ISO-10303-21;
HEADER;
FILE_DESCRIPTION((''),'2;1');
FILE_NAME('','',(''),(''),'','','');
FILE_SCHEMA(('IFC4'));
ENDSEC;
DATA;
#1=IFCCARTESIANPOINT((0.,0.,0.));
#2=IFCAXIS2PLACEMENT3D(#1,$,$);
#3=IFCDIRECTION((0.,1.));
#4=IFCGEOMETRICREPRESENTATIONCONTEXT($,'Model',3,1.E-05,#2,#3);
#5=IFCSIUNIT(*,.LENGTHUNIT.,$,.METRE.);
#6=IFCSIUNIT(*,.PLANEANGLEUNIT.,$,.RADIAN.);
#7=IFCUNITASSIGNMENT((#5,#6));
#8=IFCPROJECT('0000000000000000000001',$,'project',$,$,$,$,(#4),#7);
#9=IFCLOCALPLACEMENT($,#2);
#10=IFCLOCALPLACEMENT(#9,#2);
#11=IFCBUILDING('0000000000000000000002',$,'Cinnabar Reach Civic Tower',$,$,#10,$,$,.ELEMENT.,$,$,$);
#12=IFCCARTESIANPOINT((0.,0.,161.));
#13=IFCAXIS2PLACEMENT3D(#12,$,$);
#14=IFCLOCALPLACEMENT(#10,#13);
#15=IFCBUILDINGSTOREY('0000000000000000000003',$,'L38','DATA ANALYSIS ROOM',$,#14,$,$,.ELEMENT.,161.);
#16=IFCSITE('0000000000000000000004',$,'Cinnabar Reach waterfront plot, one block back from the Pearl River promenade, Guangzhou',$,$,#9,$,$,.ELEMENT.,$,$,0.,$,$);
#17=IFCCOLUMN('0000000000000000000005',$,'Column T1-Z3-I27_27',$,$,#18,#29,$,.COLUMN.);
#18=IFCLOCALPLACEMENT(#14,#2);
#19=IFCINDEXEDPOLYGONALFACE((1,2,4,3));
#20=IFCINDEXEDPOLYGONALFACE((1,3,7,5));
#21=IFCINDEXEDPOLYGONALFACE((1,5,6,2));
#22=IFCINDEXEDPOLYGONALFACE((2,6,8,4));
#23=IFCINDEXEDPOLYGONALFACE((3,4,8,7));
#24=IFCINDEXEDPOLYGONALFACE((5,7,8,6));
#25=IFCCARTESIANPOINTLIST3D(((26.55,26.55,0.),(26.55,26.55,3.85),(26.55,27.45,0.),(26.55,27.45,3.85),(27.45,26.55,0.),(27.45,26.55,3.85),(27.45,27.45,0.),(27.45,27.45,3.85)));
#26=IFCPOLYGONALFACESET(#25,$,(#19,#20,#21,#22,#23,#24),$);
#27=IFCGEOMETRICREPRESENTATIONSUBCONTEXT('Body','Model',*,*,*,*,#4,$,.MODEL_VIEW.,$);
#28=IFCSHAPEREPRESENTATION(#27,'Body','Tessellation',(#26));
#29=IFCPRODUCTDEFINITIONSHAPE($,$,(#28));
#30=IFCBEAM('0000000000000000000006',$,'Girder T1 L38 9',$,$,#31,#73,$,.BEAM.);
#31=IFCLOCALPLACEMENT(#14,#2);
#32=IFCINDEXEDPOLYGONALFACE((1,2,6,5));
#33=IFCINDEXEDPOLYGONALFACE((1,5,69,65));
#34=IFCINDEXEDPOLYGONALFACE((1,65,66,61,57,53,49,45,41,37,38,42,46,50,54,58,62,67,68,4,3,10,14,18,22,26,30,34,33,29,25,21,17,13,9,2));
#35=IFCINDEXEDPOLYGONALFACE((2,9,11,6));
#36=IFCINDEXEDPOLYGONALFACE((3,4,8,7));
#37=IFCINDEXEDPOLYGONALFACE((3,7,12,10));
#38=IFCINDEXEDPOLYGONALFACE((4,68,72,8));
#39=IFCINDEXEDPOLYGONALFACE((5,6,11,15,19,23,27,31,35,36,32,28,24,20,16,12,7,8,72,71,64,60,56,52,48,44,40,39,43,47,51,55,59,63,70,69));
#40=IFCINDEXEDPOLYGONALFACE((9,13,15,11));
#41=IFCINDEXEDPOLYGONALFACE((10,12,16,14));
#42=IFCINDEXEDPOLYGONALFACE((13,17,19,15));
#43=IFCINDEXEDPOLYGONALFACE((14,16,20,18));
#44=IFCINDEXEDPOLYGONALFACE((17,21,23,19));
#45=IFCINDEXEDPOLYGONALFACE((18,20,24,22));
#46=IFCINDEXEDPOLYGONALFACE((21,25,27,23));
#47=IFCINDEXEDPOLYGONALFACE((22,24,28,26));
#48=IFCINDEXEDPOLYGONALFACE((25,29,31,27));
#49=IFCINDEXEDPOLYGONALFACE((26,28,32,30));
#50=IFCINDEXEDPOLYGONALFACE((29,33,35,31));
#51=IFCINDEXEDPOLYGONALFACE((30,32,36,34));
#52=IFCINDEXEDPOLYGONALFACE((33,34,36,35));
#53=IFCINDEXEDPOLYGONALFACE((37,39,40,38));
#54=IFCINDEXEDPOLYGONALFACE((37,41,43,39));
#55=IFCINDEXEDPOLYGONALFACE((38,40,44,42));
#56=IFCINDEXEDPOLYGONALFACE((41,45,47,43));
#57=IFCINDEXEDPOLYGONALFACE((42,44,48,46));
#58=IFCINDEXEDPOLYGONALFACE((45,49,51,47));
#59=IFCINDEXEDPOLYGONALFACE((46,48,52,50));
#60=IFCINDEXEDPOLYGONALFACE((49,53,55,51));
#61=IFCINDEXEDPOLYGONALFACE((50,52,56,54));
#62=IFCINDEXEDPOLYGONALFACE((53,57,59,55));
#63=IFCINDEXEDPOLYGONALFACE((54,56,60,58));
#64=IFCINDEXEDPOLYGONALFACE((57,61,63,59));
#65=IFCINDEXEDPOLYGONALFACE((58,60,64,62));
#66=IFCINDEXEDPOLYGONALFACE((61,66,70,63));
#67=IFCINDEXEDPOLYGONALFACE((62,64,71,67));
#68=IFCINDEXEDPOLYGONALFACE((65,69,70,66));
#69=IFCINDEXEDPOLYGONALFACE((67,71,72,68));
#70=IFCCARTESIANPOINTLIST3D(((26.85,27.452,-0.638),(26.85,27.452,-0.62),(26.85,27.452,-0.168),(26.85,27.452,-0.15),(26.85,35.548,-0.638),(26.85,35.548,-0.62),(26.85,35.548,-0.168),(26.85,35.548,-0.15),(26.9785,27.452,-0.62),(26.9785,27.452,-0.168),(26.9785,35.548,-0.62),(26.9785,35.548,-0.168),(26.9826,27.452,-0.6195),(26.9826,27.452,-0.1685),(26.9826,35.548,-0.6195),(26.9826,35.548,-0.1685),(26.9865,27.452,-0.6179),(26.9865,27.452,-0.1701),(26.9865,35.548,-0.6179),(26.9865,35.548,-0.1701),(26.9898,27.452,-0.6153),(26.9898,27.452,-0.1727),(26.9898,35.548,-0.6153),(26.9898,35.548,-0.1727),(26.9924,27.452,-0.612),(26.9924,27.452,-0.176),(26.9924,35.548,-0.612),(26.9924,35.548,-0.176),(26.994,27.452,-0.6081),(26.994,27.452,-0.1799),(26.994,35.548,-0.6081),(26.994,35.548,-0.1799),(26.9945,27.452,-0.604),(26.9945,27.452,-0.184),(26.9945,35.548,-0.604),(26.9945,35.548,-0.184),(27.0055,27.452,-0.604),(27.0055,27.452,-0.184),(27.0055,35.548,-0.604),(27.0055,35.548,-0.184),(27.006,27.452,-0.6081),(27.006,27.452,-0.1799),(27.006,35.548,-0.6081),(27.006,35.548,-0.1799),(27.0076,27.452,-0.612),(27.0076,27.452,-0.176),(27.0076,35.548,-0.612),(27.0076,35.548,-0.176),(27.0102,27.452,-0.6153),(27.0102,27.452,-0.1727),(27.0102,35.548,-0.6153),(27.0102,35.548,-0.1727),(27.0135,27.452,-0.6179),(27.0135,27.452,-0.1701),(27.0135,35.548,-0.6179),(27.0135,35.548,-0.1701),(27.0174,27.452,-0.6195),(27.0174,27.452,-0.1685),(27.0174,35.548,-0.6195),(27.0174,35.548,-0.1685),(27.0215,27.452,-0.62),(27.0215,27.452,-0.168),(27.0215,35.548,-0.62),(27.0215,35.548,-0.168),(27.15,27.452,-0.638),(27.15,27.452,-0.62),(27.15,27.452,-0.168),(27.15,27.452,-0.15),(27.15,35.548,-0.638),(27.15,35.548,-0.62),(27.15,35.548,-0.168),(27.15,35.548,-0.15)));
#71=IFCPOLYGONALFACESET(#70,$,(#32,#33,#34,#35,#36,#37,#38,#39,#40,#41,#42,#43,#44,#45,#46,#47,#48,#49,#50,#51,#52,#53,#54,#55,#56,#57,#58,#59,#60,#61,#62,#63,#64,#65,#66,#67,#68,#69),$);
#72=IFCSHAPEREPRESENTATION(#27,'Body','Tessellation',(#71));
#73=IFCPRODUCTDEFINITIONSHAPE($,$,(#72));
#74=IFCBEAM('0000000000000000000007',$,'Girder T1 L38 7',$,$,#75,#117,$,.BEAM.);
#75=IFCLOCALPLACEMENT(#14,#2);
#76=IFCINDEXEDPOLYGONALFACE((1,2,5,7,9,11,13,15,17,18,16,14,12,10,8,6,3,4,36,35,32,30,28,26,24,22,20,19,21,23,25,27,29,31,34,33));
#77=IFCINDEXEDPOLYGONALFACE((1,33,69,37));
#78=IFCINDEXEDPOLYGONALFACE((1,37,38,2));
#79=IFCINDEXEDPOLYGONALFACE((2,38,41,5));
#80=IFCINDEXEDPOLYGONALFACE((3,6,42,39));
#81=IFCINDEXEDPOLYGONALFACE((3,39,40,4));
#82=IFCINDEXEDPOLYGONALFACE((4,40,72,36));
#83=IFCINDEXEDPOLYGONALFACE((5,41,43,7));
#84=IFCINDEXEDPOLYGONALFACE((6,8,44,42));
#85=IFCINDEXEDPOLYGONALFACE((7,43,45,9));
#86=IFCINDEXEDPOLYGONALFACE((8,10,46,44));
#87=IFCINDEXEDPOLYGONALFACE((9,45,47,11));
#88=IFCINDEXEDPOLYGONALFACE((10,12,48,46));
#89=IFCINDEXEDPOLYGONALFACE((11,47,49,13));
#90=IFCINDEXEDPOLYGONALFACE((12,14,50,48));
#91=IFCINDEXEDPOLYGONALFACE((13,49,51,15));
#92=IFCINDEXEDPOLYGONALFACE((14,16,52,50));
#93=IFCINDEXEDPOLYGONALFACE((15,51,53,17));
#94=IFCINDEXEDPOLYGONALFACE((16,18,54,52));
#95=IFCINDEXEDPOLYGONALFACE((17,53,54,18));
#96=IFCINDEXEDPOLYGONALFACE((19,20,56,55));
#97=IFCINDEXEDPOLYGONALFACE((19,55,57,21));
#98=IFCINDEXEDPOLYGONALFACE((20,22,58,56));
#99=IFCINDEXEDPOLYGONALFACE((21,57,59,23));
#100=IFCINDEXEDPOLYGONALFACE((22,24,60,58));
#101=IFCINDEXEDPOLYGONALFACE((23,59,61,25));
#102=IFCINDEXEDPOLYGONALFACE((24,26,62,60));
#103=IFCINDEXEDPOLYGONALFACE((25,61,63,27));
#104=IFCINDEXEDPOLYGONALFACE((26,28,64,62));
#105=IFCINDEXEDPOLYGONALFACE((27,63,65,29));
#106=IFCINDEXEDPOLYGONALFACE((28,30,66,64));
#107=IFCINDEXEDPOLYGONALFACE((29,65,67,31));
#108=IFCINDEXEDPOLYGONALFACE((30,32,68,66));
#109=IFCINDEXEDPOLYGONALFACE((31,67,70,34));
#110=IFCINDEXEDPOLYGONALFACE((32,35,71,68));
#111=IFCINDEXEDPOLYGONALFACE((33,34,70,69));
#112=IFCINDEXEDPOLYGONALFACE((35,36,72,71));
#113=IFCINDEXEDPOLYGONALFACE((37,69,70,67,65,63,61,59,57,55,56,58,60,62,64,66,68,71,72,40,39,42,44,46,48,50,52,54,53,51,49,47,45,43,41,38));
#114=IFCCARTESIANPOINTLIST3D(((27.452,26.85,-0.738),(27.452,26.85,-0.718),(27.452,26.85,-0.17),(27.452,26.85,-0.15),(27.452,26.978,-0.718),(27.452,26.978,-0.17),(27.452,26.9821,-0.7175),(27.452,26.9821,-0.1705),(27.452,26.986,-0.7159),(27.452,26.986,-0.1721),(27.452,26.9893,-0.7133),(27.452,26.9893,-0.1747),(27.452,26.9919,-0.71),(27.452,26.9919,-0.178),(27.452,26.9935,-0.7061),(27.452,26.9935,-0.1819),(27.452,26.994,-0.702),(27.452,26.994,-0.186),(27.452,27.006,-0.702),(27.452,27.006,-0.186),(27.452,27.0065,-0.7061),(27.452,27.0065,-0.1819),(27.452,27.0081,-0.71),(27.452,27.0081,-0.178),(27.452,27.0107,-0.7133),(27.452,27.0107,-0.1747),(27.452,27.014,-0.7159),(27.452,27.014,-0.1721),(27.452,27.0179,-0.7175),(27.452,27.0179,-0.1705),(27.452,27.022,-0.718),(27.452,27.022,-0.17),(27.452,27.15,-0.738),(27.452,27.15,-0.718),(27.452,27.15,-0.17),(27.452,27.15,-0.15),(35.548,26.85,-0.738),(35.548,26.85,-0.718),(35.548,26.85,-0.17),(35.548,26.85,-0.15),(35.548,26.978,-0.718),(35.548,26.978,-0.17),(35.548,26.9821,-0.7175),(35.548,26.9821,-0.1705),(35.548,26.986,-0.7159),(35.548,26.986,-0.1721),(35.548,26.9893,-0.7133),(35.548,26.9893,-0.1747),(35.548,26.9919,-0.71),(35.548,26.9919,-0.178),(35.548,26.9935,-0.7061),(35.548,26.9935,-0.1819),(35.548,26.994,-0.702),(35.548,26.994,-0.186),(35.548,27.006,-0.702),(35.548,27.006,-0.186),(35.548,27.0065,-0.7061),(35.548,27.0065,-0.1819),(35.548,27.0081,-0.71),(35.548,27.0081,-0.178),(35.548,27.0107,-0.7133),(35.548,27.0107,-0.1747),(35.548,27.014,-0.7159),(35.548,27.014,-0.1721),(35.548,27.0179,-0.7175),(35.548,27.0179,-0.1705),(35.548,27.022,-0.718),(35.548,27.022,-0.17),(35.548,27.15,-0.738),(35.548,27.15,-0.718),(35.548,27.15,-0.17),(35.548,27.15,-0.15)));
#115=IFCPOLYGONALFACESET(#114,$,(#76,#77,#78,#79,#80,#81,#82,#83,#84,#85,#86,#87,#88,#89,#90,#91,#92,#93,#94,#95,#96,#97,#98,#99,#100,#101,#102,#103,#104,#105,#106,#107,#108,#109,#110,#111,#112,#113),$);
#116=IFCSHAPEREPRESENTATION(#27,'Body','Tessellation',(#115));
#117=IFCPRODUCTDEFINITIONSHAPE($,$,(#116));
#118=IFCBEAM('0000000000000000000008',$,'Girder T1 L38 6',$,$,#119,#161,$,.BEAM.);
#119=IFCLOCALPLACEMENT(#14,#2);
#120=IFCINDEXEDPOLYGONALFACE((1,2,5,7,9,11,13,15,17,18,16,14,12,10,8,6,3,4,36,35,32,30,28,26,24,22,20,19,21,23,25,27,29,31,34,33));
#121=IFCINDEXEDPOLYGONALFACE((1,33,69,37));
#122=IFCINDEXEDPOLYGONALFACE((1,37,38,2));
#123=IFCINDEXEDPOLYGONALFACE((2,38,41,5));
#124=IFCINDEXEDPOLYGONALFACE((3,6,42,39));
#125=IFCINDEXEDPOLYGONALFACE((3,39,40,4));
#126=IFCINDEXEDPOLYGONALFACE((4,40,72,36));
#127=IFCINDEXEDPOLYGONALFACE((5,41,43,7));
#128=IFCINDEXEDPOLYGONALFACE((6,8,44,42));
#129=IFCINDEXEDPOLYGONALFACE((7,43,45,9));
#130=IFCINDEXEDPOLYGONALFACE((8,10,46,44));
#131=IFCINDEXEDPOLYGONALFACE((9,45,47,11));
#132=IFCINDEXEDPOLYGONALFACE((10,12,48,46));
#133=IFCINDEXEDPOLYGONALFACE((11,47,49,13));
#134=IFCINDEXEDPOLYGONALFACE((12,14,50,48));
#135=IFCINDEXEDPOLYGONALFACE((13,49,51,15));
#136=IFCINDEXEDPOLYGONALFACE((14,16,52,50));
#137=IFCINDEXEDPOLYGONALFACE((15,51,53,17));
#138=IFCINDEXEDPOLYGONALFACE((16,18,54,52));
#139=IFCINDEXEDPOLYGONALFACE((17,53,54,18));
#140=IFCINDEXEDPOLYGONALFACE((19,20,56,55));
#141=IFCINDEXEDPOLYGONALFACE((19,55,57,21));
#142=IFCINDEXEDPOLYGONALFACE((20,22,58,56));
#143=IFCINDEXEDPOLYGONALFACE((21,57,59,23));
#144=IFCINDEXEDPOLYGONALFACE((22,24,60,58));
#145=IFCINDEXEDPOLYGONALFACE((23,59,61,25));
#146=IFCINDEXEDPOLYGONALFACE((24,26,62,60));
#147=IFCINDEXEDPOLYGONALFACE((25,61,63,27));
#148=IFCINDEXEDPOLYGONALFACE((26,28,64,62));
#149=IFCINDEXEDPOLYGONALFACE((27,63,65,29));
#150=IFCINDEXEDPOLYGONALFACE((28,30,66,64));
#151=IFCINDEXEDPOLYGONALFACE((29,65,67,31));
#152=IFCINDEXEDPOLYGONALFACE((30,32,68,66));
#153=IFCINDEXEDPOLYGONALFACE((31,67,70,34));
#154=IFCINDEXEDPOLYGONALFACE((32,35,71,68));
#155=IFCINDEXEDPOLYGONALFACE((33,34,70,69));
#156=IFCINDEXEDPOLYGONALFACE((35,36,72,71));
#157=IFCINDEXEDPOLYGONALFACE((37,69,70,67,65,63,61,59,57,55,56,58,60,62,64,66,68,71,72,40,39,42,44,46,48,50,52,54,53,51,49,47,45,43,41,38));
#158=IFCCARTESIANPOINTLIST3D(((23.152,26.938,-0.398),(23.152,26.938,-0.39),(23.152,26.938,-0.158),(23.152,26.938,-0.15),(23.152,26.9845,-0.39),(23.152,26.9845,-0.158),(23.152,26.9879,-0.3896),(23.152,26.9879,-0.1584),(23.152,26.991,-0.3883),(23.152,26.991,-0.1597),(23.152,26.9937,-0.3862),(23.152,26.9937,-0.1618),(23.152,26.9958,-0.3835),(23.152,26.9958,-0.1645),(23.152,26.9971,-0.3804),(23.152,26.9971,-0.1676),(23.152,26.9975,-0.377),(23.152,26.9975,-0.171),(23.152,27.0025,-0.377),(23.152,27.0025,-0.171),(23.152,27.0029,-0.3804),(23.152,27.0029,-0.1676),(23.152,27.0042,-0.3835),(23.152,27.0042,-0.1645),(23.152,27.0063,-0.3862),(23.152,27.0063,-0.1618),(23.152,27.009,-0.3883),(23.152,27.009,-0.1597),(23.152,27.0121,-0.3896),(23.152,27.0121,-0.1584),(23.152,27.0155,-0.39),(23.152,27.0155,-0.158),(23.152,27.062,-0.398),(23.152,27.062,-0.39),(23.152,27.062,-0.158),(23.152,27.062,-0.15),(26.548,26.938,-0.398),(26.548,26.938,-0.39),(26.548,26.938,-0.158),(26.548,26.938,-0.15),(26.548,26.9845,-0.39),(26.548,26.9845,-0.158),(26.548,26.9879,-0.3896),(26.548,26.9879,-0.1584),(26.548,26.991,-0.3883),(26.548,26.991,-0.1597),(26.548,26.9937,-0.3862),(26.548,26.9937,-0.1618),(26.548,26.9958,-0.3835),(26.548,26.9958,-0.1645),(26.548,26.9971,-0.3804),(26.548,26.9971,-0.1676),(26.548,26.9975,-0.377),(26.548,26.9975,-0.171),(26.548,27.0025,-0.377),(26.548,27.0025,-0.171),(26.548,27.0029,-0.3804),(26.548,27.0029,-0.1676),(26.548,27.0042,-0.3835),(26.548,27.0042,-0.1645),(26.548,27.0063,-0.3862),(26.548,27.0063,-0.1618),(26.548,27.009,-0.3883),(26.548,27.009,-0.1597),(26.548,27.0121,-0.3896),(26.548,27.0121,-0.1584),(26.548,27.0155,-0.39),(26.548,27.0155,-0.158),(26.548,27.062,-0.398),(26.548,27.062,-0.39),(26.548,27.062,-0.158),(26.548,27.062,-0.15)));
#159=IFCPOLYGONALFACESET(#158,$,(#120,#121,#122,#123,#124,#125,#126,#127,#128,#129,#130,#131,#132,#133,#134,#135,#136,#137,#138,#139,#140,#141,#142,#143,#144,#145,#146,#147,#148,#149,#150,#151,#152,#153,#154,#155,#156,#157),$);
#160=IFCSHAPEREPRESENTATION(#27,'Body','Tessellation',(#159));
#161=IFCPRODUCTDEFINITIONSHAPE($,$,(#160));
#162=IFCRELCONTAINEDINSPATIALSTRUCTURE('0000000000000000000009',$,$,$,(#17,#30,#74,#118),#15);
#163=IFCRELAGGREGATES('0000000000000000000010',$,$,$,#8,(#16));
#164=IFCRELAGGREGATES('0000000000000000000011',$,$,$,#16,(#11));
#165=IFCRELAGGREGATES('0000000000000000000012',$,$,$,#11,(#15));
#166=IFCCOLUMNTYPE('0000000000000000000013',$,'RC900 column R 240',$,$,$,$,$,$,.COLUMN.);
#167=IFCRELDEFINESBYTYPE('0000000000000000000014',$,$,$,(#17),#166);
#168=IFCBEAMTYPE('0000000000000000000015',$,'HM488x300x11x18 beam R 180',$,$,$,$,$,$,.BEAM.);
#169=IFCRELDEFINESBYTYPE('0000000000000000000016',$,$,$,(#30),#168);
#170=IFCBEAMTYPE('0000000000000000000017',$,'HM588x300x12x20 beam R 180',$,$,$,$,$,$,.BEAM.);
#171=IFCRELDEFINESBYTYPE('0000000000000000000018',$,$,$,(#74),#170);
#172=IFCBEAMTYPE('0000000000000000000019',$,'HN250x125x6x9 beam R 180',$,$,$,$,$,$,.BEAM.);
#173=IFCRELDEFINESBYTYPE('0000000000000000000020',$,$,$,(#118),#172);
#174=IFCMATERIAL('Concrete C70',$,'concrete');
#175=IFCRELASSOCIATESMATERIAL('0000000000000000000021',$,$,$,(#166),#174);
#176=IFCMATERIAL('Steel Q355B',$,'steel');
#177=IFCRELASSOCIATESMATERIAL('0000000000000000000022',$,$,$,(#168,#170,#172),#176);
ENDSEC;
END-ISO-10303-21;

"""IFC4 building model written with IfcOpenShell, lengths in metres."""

from ifc_helpers import new_model, si_unit, direction, frame, origin, origin_2d, place, context, subcontext, project, spatial, rectangle, i_section, extrude, material, material_profile, profile_set, type_object, element, save


model = new_model("IFC4")

# Units and contexts
model_context = context("Model", 3, precision=1e-05, world=origin(), true_north=direction((0.0, 1.0)))
body_context = subcontext(model_context, "Body", "Model", "MODEL_VIEW")
ifc_project = project(units=[si_unit("LENGTHUNIT", "METRE"), si_unit("PLANEANGLEUNIT", "RADIAN")], contexts=[model_context])

# Site, building, storey
site_placement = place(None, origin())
site = spatial("IfcSite", under=ifc_project, at=site_placement, Name="Cinnabar Reach waterfront plot, one block back from the Pearl River promenade, Guangzhou", CompositionType="ELEMENT", RefElevation=0.0)
building_placement = place(site_placement, origin())
building = spatial("IfcBuilding", under=site, at=building_placement, Name="Cinnabar Reach Civic Tower", CompositionType="ELEMENT")
storey_placement = place(building_placement, frame((0.0, 0.0, 161.0)))
storey = spatial("IfcBuildingStorey", under=building, at=storey_placement, Name="L38", Description="DATA ANALYSIS ROOM", CompositionType="ELEMENT", Elevation=161.0)

# Column
ifc_material_1 = material(Name="Concrete C70", Category="concrete")
ifc_material_profile_1 = material_profile(ifc_material_1, rectangle(XDim=0.9, YDim=0.9, at=origin_2d()), Name="RC900")
ifc_profile_set_1 = profile_set([ifc_material_profile_1], Name="Concrete C70")
column_type = type_object("IfcColumnType", Name="RC900 column R 240", PredefinedType="COLUMN", material=ifc_profile_set_1)
column_placement = place(storey_placement, frame((27.0, 27.0, 0.0), z_axis=(0.0, 0.0, 1.0), x_axis=(1.0, 0.0, 0.0)))
element("IfcColumn", 1, at=column_placement, inside=storey, type_object=column_type, Name="Column T1-Z3-I27_27", PredefinedType="COLUMN", context=body_context, shape_type="SweptSolid", body=[
    extrude(rectangle(XDim=0.9, YDim=0.9, at=origin_2d()), origin(), (0.0, 0.0, 1.0), 3.85),
])

# Beams
ifc_material_2 = material(Name="Steel Q355B", Category="steel")
ifc_material_profile_2 = material_profile(ifc_material_2, i_section(OverallWidth=0.3, OverallDepth=0.488, WebThickness=0.011, FlangeThickness=0.018, FilletRadius=0.016, at=origin_2d()), Name="HM488x300x11x18")
ifc_profile_set_2 = profile_set([ifc_material_profile_2], Name="Steel Q355B")
beam_type_1 = type_object("IfcBeamType", Name="HM488x300x11x18 beam R 180", PredefinedType="BEAM", material=ifc_profile_set_2)
beam_1_placement = place(storey_placement, frame((27.0, 27.452, -0.394), z_axis=(0.0, 1.0, 0.0), x_axis=(-1.0, 0.0, 0.0)))
element("IfcBeam", 2, at=beam_1_placement, inside=storey, type_object=beam_type_1, Name="Girder T1 L38 9", PredefinedType="BEAM", context=body_context, shape_type="SweptSolid", body=[
    extrude(i_section(OverallWidth=0.3, OverallDepth=0.488, WebThickness=0.011, FlangeThickness=0.018, FilletRadius=0.016, at=origin_2d()), origin(), (0.0, 0.0, 1.0), 8.096),
])
ifc_material_profile_3 = material_profile(ifc_material_2, i_section(OverallWidth=0.3, OverallDepth=0.588, WebThickness=0.012, FlangeThickness=0.02, FilletRadius=0.016, at=origin_2d()), Name="HM588x300x12x20")
ifc_profile_set_3 = profile_set([ifc_material_profile_3], Name="Steel Q355B")
beam_type_2 = type_object("IfcBeamType", Name="HM588x300x12x20 beam R 180", PredefinedType="BEAM", material=ifc_profile_set_3)
beam_2_placement = place(storey_placement, frame((27.452, 27.0, -0.444), z_axis=(1.0, 0.0, 0.0), x_axis=(0.0, 1.0, 0.0)))
element("IfcBeam", 3, at=beam_2_placement, inside=storey, type_object=beam_type_2, Name="Girder T1 L38 7", PredefinedType="BEAM", context=body_context, shape_type="SweptSolid", body=[
    extrude(i_section(OverallWidth=0.3, OverallDepth=0.588, WebThickness=0.012, FlangeThickness=0.02, FilletRadius=0.016, at=origin_2d()), origin(), (0.0, 0.0, 1.0), 8.096),
])
ifc_material_profile_4 = material_profile(ifc_material_2, i_section(OverallWidth=0.124, OverallDepth=0.248, WebThickness=0.005, FlangeThickness=0.008, FilletRadius=0.013, at=origin_2d()), Name="HN250x125x6x9")
ifc_profile_set_4 = profile_set([ifc_material_profile_4], Name="Steel Q355B")
beam_type_3 = type_object("IfcBeamType", Name="HN250x125x6x9 beam R 180", PredefinedType="BEAM", material=ifc_profile_set_4)
beam_3_placement = place(storey_placement, frame((23.152, 27.0, -0.274), z_axis=(1.0, 0.0, 0.0), x_axis=(0.0, 1.0, 0.0)))
element("IfcBeam", 4, at=beam_3_placement, inside=storey, type_object=beam_type_3, Name="Girder T1 L38 6", PredefinedType="BEAM", context=body_context, shape_type="SweptSolid", body=[
    extrude(i_section(OverallWidth=0.124, OverallDepth=0.248, WebThickness=0.005, FlangeThickness=0.008, FilletRadius=0.013, at=origin_2d()), origin(), (0.0, 0.0, 1.0), 3.396),
])

save(model, "model.ifc")
